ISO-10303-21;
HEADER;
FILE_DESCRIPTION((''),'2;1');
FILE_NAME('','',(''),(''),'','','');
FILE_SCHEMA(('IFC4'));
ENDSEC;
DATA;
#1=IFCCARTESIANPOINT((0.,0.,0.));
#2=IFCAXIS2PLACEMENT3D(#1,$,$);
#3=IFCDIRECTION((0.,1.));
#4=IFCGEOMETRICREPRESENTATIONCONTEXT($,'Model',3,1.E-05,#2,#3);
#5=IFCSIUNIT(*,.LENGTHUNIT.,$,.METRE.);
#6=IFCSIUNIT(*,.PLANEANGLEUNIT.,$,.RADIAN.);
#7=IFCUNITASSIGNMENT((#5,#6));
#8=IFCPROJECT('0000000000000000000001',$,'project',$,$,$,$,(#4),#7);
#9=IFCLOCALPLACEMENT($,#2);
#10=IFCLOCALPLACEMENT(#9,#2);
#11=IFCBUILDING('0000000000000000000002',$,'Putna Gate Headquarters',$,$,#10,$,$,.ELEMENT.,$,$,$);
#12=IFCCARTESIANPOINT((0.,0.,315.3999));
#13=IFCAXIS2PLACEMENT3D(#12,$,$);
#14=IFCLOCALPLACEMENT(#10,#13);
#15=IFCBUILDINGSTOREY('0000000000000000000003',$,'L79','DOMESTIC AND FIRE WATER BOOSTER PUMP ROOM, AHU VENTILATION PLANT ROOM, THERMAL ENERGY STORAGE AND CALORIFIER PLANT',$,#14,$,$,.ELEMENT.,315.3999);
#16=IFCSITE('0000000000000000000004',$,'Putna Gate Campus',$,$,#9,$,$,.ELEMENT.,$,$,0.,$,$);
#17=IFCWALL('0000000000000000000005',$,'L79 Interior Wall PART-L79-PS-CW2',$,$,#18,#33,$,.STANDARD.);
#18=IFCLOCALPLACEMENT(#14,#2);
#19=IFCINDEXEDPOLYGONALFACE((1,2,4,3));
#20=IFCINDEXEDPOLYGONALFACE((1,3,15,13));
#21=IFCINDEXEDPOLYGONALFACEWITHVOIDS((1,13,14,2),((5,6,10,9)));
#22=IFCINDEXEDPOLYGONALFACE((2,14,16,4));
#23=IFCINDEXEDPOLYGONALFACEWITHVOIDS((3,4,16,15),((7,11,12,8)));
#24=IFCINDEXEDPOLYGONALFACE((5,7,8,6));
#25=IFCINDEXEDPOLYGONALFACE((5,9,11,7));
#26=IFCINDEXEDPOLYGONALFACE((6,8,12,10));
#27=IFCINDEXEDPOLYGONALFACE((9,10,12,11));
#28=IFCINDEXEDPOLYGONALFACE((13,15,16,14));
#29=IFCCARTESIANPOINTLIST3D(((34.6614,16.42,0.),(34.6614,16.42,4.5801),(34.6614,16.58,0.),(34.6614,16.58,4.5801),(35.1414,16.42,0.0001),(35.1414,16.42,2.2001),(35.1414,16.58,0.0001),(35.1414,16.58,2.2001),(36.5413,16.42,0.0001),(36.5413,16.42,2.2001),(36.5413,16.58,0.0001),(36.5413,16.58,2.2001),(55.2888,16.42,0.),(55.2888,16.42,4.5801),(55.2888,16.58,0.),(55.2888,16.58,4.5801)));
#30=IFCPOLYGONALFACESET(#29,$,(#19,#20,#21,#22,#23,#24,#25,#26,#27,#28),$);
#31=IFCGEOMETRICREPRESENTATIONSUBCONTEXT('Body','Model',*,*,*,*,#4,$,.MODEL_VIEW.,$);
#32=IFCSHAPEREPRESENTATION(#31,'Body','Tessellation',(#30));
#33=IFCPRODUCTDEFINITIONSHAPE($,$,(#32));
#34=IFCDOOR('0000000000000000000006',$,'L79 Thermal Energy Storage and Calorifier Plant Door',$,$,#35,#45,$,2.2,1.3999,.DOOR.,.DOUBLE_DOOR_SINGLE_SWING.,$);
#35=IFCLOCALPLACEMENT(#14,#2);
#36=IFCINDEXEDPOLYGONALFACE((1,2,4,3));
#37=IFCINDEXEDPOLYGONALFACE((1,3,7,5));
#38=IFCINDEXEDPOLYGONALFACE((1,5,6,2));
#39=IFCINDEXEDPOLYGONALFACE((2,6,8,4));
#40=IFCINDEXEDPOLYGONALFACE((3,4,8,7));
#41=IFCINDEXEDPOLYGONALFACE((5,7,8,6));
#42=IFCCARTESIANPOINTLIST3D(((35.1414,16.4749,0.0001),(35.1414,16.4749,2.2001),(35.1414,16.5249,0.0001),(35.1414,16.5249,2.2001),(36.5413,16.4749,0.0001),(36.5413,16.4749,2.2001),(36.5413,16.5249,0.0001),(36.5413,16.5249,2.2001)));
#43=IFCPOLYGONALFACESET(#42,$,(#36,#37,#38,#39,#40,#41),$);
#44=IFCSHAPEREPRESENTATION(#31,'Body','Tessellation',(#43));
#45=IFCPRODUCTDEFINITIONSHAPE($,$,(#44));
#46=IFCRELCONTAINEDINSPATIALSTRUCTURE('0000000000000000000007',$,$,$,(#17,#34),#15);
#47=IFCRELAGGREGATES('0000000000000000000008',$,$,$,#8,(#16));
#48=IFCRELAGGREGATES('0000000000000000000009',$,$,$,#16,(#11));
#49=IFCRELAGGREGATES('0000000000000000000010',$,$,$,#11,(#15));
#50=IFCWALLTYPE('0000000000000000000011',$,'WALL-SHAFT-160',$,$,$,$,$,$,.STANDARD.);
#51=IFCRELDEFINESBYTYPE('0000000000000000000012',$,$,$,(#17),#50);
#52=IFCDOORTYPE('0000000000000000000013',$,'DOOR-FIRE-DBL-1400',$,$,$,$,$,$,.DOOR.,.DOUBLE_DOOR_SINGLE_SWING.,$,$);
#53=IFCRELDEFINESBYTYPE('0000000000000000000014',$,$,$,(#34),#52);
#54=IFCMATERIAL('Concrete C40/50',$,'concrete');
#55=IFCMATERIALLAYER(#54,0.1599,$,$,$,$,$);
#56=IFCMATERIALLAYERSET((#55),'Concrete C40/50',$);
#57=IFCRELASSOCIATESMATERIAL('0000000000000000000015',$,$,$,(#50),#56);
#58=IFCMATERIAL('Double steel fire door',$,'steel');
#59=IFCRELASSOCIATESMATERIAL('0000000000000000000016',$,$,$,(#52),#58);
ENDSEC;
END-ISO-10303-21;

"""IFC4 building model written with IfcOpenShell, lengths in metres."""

from ifc_helpers import new_model, si_unit, direction, frame, frame_2d, origin, place, context, subcontext, project, spatial, rectangle, extrude, material, layer, layer_set, type_object, element, fill, save


model = new_model("IFC4")

# Units and contexts
model_context = context("Model", 3, precision=1e-05, world=origin(), true_north=direction((0.0, 1.0)))
body_context = subcontext(model_context, "Body", "Model", "MODEL_VIEW")
ifc_project = project(units=[si_unit("LENGTHUNIT", "METRE"), si_unit("PLANEANGLEUNIT", "RADIAN")], contexts=[model_context])

# Site, building, storey
site_placement = place(None, origin())
site = spatial("IfcSite", under=ifc_project, at=site_placement, Name="Putna Gate Campus", CompositionType="ELEMENT", RefElevation=0.0)
building_placement = place(site_placement, origin())
building = spatial("IfcBuilding", under=site, at=building_placement, Name="Putna Gate Headquarters", CompositionType="ELEMENT")
storey_placement = place(building_placement, frame((0.0, 0.0, 315.3999)))
storey = spatial("IfcBuildingStorey", under=building, at=storey_placement, Name="L79", Description="DOMESTIC AND FIRE WATER BOOSTER PUMP ROOM, AHU VENTILATION PLANT ROOM, THERMAL ENERGY STORAGE AND CALORIFIER PLANT", CompositionType="ELEMENT", Elevation=315.3999)

# Shared definitions
ifc_material_1 = material(Name="Concrete C40/50", Category="concrete")
ifc_layer_1 = layer(ifc_material_1, 0.1599)
ifc_layer_set_1 = layer_set([ifc_layer_1], Name="Concrete C40/50")
wall_type = type_object("IfcWallType", Name="WALL-SHAFT-160", PredefinedType="STANDARD", material=ifc_layer_set_1)

# Wall, opening, door
wall_1_placement = place(storey_placement, frame((34.6614, 16.5, 0.0), z_axis=(0.0, 0.0, 1.0), x_axis=(1.0, 0.0, 0.0)))
wall_1 = element("IfcWall", 1, at=wall_1_placement, inside=storey, type_object=wall_type, Name="L79 Interior Wall PART-L79-PS-CW2", PredefinedType="STANDARD", context=body_context, shape_type="SweptSolid", body=[
    extrude(rectangle(XDim=20.6274, YDim=0.1599, at=frame_2d((10.3137, 0.0))), origin(), (0.0, 0.0, 1.0), 4.5801),
])
opening_placement = place(wall_1_placement, frame((0.48, 0.0, 0.0)))
opening = element("IfcOpeningElement", 2, at=opening_placement, cuts=wall_1, PredefinedType="OPENING", context=body_context, shape_type="SweptSolid", body=[
    extrude(rectangle(XDim=1.3999, YDim=2.2, at=frame_2d((0.7, 1.1001))), frame((0.0, 0.0898, 0.0), z_axis=(0.0, -1.0, 0.0), x_axis=(1.0, 0.0, 0.0)), (0.0, 0.0, 1.0), 0.1799),
])
ifc_material_2 = material(Name="Double steel fire door", Category="steel")
door_type = type_object("IfcDoorType", Name="DOOR-FIRE-DBL-1400", OperationType="DOUBLE_DOOR_SINGLE_SWING", PredefinedType="DOOR", material=ifc_material_2)
door_placement = place(opening_placement, origin())
door = element("IfcDoor", 3, at=door_placement, inside=storey, type_object=door_type, Name="L79 Thermal Energy Storage and Calorifier Plant Door", OperationType="DOUBLE_DOOR_SINGLE_SWING", OverallHeight=2.2, OverallWidth=1.3999, PredefinedType="DOOR", context=body_context, shape_type="SweptSolid", body=[
    extrude(rectangle(XDim=1.3999, YDim=2.2, at=frame_2d((0.7, 1.1001))), frame((0.0, 0.0249, 0.0), z_axis=(0.0, -1.0, 0.0), x_axis=(1.0, 0.0, 0.0)), (0.0, 0.0, 1.0), 0.05),
])
fill(opening, door)

save(model, "model.ifc")
